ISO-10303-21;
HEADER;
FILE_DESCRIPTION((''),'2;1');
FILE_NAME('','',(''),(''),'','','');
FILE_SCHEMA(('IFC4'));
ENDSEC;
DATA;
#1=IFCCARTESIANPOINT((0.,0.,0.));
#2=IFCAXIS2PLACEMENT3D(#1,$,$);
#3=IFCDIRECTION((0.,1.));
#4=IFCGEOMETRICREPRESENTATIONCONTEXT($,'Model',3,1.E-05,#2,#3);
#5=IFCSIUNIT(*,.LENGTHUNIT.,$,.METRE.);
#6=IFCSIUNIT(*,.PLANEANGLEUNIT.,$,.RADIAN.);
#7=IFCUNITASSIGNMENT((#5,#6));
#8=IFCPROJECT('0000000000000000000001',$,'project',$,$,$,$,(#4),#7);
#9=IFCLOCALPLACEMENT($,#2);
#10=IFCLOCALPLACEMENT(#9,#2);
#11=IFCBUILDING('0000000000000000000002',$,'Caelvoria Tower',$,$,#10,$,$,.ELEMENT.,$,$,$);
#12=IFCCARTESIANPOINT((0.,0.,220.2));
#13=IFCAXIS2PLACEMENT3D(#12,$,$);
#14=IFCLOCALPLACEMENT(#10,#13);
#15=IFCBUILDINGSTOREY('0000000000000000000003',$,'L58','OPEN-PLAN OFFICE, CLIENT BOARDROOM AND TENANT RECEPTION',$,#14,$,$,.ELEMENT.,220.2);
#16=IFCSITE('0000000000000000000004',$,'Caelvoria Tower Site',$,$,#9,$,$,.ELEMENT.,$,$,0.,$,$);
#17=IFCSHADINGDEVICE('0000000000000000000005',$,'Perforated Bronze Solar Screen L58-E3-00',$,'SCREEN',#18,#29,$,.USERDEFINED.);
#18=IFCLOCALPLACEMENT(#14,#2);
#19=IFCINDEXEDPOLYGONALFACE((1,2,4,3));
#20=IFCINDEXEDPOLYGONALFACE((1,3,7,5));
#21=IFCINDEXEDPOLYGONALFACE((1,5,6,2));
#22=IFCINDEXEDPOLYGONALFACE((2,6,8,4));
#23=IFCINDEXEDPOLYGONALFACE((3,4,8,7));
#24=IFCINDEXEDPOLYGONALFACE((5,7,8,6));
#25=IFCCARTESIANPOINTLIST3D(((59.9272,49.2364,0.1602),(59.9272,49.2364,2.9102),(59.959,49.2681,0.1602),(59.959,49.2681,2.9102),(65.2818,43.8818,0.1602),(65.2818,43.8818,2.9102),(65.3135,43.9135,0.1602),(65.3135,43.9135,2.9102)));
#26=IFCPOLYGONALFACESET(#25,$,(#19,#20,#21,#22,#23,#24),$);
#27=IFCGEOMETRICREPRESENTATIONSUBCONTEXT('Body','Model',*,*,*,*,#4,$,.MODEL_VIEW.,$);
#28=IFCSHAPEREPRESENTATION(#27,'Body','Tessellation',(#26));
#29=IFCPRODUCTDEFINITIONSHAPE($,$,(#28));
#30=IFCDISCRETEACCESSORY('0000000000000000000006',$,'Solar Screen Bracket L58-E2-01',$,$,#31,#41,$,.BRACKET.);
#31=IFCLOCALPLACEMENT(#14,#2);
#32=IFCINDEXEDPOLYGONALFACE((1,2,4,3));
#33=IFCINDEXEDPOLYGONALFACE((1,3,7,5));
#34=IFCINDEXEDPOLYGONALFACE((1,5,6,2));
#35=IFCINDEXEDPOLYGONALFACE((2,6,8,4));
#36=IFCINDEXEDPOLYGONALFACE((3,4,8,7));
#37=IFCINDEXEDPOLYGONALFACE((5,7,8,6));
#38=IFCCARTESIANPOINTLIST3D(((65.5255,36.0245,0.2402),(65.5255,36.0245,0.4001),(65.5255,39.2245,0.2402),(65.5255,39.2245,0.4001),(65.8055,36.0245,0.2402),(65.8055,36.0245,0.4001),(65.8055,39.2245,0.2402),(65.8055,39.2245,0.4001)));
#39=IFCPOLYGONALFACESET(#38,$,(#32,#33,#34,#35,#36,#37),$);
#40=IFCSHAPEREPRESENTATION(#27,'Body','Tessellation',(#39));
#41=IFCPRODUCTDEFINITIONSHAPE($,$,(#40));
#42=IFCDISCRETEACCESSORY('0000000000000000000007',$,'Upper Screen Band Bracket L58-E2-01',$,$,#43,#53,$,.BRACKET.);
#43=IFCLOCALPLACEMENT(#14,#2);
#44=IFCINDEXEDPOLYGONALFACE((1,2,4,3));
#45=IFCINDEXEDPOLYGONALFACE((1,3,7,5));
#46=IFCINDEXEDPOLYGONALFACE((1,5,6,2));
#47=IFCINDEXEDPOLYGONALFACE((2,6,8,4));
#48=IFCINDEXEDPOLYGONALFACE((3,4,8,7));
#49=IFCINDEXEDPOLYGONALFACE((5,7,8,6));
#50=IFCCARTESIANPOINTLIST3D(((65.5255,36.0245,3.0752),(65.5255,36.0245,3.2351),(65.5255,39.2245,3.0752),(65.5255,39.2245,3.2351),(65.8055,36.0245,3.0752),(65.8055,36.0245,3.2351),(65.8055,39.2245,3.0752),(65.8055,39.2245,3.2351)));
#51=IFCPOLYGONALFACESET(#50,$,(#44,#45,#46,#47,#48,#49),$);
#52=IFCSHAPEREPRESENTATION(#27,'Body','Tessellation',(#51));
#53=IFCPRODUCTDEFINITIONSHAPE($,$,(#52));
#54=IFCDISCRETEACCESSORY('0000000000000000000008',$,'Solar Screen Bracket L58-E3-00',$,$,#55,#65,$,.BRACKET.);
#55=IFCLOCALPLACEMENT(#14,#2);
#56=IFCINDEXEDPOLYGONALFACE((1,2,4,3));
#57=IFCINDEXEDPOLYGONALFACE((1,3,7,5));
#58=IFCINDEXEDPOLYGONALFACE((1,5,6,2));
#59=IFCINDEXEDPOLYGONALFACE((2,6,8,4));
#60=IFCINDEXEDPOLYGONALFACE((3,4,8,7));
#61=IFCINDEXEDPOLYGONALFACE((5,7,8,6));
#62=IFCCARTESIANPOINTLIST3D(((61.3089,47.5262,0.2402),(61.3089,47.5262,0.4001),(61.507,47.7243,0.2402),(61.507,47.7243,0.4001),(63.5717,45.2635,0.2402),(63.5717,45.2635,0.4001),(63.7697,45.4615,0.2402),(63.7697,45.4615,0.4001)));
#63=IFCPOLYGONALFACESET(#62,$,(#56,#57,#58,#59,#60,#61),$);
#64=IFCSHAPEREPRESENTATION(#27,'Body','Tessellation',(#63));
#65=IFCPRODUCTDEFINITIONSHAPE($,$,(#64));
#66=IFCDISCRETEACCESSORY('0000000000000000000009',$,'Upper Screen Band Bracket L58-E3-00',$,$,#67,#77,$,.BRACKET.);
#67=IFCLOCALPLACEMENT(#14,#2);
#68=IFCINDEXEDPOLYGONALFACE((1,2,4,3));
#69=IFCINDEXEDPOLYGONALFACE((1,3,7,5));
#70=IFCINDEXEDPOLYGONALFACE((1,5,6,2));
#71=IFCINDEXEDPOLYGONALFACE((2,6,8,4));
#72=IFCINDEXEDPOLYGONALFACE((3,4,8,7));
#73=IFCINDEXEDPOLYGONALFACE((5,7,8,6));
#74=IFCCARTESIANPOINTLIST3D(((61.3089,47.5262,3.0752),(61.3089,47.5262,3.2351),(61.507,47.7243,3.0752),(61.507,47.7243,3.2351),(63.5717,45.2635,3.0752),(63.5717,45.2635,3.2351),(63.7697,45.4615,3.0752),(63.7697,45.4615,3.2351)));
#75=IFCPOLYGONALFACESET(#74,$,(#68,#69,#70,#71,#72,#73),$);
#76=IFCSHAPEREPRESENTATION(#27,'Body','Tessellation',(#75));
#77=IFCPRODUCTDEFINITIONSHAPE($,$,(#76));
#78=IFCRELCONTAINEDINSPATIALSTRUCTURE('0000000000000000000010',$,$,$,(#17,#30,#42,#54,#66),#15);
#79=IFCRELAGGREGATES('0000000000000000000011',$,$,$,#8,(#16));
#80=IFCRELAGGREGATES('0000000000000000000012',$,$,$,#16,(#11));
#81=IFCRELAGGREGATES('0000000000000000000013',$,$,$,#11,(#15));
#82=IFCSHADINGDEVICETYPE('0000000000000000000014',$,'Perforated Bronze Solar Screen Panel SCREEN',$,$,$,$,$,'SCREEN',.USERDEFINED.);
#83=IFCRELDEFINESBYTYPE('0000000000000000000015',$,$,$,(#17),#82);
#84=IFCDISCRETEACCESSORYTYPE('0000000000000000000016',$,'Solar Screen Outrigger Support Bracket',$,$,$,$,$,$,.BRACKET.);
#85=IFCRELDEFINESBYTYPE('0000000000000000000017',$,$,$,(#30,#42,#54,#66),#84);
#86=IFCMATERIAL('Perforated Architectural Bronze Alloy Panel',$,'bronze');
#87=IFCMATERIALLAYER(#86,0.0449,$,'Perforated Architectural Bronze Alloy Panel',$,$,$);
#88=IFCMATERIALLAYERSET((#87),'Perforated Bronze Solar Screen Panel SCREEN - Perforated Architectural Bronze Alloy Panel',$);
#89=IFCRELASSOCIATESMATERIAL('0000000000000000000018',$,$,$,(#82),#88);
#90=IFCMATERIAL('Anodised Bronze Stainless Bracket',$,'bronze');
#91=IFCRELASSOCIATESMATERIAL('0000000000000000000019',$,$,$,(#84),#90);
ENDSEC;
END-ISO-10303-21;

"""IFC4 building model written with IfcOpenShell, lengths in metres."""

from ifc_helpers import new_model, si_unit, direction, frame, origin, origin_2d, place, context, subcontext, project, spatial, rectangle, extrude, material, layer, layer_set, type_object, element, save


model = new_model("IFC4")

# Units and contexts
model_context = context("Model", 3, precision=1e-05, world=origin(), true_north=direction((0.0, 1.0)))
body_context = subcontext(model_context, "Body", "Model", "MODEL_VIEW")
ifc_project = project(units=[si_unit("LENGTHUNIT", "METRE"), si_unit("PLANEANGLEUNIT", "RADIAN")], contexts=[model_context])

# Site, building, storey
site_placement = place(None, origin())
site = spatial("IfcSite", under=ifc_project, at=site_placement, Name="Caelvoria Tower Site", CompositionType="ELEMENT", RefElevation=0.0)
building_placement = place(site_placement, origin())
building = spatial("IfcBuilding", under=site, at=building_placement, Name="Caelvoria Tower", CompositionType="ELEMENT")
storey_placement = place(building_placement, frame((0.0, 0.0, 220.2)))
storey = spatial("IfcBuildingStorey", under=building, at=storey_placement, Name="L58", Description="OPEN-PLAN OFFICE, CLIENT BOARDROOM AND TENANT RECEPTION", CompositionType="ELEMENT", Elevation=220.2)

# Shading device
ifc_material_1 = material(Name="Perforated Architectural Bronze Alloy Panel", Category="bronze")
ifc_layer_1 = layer(ifc_material_1, 0.0449, Name="Perforated Architectural Bronze Alloy Panel")
ifc_layer_set_1 = layer_set([ifc_layer_1], Name="Perforated Bronze Solar Screen Panel SCREEN - Perforated Architectural Bronze Alloy Panel")
shading_device_type = type_object("IfcShadingDeviceType", Name="Perforated Bronze Solar Screen Panel SCREEN", ElementType="SCREEN", PredefinedType="USERDEFINED", material=ifc_layer_set_1)
shading_device_1_placement = place(storey_placement, frame((62.6204, 46.575, 0.1602), z_axis=(0.0, 0.0, 1.0), x_axis=(-0.707107, 0.707107, 0.0)))
element("IfcShadingDevice", 1, at=shading_device_1_placement, inside=storey, type_object=shading_device_type, Name="Perforated Bronze Solar Screen L58-E3-00", ObjectType="SCREEN", PredefinedType="USERDEFINED", context=body_context, shape_type="SweptSolid", body=[
    extrude(rectangle(XDim=7.5725, YDim=0.0449, at=origin_2d()), origin(), (0.0, 0.0, 1.0), 2.75),
])

# Discrete accessories
ifc_material_2 = material(Name="Anodised Bronze Stainless Bracket", Category="bronze")
discrete_accessory_type = type_object("IfcDiscreteAccessoryType", Name="Solar Screen Outrigger Support Bracket", PredefinedType="BRACKET", material=ifc_material_2)
for number, where, z_axis, x_axis, name in (
    (2, (65.6655, 37.6245, 0.2402), (0.0, 0.0, 1.0), (0.0, 1.0, 0.0), "Solar Screen Bracket L58-E2-01"),
    (3, (65.6655, 37.6245, 3.0752), (0.0, 0.0, 1.0), (0.0, 1.0, 0.0), "Upper Screen Band Bracket L58-E2-01"),
    (4, (62.5393, 46.4939, 0.2402), (0.0, 0.0, 1.0), (-0.707107, 0.707107, 0.0), "Solar Screen Bracket L58-E3-00"),
    (5, (62.5393, 46.4939, 3.0752), (0.0, 0.0, 1.0), (-0.707107, 0.707107, 0.0), "Upper Screen Band Bracket L58-E3-00"),
):
    element("IfcDiscreteAccessory", number, at=place(storey_placement, frame(where, z_axis=z_axis, x_axis=x_axis)), inside=storey, type_object=discrete_accessory_type, Name=name, PredefinedType="BRACKET", context=body_context, shape_type="SweptSolid", body=[
        extrude(rectangle(XDim=3.2, YDim=0.28, at=origin_2d()), origin(), (0.0, 0.0, 1.0), 0.1599),
    ])

save(model, "model.ifc")
